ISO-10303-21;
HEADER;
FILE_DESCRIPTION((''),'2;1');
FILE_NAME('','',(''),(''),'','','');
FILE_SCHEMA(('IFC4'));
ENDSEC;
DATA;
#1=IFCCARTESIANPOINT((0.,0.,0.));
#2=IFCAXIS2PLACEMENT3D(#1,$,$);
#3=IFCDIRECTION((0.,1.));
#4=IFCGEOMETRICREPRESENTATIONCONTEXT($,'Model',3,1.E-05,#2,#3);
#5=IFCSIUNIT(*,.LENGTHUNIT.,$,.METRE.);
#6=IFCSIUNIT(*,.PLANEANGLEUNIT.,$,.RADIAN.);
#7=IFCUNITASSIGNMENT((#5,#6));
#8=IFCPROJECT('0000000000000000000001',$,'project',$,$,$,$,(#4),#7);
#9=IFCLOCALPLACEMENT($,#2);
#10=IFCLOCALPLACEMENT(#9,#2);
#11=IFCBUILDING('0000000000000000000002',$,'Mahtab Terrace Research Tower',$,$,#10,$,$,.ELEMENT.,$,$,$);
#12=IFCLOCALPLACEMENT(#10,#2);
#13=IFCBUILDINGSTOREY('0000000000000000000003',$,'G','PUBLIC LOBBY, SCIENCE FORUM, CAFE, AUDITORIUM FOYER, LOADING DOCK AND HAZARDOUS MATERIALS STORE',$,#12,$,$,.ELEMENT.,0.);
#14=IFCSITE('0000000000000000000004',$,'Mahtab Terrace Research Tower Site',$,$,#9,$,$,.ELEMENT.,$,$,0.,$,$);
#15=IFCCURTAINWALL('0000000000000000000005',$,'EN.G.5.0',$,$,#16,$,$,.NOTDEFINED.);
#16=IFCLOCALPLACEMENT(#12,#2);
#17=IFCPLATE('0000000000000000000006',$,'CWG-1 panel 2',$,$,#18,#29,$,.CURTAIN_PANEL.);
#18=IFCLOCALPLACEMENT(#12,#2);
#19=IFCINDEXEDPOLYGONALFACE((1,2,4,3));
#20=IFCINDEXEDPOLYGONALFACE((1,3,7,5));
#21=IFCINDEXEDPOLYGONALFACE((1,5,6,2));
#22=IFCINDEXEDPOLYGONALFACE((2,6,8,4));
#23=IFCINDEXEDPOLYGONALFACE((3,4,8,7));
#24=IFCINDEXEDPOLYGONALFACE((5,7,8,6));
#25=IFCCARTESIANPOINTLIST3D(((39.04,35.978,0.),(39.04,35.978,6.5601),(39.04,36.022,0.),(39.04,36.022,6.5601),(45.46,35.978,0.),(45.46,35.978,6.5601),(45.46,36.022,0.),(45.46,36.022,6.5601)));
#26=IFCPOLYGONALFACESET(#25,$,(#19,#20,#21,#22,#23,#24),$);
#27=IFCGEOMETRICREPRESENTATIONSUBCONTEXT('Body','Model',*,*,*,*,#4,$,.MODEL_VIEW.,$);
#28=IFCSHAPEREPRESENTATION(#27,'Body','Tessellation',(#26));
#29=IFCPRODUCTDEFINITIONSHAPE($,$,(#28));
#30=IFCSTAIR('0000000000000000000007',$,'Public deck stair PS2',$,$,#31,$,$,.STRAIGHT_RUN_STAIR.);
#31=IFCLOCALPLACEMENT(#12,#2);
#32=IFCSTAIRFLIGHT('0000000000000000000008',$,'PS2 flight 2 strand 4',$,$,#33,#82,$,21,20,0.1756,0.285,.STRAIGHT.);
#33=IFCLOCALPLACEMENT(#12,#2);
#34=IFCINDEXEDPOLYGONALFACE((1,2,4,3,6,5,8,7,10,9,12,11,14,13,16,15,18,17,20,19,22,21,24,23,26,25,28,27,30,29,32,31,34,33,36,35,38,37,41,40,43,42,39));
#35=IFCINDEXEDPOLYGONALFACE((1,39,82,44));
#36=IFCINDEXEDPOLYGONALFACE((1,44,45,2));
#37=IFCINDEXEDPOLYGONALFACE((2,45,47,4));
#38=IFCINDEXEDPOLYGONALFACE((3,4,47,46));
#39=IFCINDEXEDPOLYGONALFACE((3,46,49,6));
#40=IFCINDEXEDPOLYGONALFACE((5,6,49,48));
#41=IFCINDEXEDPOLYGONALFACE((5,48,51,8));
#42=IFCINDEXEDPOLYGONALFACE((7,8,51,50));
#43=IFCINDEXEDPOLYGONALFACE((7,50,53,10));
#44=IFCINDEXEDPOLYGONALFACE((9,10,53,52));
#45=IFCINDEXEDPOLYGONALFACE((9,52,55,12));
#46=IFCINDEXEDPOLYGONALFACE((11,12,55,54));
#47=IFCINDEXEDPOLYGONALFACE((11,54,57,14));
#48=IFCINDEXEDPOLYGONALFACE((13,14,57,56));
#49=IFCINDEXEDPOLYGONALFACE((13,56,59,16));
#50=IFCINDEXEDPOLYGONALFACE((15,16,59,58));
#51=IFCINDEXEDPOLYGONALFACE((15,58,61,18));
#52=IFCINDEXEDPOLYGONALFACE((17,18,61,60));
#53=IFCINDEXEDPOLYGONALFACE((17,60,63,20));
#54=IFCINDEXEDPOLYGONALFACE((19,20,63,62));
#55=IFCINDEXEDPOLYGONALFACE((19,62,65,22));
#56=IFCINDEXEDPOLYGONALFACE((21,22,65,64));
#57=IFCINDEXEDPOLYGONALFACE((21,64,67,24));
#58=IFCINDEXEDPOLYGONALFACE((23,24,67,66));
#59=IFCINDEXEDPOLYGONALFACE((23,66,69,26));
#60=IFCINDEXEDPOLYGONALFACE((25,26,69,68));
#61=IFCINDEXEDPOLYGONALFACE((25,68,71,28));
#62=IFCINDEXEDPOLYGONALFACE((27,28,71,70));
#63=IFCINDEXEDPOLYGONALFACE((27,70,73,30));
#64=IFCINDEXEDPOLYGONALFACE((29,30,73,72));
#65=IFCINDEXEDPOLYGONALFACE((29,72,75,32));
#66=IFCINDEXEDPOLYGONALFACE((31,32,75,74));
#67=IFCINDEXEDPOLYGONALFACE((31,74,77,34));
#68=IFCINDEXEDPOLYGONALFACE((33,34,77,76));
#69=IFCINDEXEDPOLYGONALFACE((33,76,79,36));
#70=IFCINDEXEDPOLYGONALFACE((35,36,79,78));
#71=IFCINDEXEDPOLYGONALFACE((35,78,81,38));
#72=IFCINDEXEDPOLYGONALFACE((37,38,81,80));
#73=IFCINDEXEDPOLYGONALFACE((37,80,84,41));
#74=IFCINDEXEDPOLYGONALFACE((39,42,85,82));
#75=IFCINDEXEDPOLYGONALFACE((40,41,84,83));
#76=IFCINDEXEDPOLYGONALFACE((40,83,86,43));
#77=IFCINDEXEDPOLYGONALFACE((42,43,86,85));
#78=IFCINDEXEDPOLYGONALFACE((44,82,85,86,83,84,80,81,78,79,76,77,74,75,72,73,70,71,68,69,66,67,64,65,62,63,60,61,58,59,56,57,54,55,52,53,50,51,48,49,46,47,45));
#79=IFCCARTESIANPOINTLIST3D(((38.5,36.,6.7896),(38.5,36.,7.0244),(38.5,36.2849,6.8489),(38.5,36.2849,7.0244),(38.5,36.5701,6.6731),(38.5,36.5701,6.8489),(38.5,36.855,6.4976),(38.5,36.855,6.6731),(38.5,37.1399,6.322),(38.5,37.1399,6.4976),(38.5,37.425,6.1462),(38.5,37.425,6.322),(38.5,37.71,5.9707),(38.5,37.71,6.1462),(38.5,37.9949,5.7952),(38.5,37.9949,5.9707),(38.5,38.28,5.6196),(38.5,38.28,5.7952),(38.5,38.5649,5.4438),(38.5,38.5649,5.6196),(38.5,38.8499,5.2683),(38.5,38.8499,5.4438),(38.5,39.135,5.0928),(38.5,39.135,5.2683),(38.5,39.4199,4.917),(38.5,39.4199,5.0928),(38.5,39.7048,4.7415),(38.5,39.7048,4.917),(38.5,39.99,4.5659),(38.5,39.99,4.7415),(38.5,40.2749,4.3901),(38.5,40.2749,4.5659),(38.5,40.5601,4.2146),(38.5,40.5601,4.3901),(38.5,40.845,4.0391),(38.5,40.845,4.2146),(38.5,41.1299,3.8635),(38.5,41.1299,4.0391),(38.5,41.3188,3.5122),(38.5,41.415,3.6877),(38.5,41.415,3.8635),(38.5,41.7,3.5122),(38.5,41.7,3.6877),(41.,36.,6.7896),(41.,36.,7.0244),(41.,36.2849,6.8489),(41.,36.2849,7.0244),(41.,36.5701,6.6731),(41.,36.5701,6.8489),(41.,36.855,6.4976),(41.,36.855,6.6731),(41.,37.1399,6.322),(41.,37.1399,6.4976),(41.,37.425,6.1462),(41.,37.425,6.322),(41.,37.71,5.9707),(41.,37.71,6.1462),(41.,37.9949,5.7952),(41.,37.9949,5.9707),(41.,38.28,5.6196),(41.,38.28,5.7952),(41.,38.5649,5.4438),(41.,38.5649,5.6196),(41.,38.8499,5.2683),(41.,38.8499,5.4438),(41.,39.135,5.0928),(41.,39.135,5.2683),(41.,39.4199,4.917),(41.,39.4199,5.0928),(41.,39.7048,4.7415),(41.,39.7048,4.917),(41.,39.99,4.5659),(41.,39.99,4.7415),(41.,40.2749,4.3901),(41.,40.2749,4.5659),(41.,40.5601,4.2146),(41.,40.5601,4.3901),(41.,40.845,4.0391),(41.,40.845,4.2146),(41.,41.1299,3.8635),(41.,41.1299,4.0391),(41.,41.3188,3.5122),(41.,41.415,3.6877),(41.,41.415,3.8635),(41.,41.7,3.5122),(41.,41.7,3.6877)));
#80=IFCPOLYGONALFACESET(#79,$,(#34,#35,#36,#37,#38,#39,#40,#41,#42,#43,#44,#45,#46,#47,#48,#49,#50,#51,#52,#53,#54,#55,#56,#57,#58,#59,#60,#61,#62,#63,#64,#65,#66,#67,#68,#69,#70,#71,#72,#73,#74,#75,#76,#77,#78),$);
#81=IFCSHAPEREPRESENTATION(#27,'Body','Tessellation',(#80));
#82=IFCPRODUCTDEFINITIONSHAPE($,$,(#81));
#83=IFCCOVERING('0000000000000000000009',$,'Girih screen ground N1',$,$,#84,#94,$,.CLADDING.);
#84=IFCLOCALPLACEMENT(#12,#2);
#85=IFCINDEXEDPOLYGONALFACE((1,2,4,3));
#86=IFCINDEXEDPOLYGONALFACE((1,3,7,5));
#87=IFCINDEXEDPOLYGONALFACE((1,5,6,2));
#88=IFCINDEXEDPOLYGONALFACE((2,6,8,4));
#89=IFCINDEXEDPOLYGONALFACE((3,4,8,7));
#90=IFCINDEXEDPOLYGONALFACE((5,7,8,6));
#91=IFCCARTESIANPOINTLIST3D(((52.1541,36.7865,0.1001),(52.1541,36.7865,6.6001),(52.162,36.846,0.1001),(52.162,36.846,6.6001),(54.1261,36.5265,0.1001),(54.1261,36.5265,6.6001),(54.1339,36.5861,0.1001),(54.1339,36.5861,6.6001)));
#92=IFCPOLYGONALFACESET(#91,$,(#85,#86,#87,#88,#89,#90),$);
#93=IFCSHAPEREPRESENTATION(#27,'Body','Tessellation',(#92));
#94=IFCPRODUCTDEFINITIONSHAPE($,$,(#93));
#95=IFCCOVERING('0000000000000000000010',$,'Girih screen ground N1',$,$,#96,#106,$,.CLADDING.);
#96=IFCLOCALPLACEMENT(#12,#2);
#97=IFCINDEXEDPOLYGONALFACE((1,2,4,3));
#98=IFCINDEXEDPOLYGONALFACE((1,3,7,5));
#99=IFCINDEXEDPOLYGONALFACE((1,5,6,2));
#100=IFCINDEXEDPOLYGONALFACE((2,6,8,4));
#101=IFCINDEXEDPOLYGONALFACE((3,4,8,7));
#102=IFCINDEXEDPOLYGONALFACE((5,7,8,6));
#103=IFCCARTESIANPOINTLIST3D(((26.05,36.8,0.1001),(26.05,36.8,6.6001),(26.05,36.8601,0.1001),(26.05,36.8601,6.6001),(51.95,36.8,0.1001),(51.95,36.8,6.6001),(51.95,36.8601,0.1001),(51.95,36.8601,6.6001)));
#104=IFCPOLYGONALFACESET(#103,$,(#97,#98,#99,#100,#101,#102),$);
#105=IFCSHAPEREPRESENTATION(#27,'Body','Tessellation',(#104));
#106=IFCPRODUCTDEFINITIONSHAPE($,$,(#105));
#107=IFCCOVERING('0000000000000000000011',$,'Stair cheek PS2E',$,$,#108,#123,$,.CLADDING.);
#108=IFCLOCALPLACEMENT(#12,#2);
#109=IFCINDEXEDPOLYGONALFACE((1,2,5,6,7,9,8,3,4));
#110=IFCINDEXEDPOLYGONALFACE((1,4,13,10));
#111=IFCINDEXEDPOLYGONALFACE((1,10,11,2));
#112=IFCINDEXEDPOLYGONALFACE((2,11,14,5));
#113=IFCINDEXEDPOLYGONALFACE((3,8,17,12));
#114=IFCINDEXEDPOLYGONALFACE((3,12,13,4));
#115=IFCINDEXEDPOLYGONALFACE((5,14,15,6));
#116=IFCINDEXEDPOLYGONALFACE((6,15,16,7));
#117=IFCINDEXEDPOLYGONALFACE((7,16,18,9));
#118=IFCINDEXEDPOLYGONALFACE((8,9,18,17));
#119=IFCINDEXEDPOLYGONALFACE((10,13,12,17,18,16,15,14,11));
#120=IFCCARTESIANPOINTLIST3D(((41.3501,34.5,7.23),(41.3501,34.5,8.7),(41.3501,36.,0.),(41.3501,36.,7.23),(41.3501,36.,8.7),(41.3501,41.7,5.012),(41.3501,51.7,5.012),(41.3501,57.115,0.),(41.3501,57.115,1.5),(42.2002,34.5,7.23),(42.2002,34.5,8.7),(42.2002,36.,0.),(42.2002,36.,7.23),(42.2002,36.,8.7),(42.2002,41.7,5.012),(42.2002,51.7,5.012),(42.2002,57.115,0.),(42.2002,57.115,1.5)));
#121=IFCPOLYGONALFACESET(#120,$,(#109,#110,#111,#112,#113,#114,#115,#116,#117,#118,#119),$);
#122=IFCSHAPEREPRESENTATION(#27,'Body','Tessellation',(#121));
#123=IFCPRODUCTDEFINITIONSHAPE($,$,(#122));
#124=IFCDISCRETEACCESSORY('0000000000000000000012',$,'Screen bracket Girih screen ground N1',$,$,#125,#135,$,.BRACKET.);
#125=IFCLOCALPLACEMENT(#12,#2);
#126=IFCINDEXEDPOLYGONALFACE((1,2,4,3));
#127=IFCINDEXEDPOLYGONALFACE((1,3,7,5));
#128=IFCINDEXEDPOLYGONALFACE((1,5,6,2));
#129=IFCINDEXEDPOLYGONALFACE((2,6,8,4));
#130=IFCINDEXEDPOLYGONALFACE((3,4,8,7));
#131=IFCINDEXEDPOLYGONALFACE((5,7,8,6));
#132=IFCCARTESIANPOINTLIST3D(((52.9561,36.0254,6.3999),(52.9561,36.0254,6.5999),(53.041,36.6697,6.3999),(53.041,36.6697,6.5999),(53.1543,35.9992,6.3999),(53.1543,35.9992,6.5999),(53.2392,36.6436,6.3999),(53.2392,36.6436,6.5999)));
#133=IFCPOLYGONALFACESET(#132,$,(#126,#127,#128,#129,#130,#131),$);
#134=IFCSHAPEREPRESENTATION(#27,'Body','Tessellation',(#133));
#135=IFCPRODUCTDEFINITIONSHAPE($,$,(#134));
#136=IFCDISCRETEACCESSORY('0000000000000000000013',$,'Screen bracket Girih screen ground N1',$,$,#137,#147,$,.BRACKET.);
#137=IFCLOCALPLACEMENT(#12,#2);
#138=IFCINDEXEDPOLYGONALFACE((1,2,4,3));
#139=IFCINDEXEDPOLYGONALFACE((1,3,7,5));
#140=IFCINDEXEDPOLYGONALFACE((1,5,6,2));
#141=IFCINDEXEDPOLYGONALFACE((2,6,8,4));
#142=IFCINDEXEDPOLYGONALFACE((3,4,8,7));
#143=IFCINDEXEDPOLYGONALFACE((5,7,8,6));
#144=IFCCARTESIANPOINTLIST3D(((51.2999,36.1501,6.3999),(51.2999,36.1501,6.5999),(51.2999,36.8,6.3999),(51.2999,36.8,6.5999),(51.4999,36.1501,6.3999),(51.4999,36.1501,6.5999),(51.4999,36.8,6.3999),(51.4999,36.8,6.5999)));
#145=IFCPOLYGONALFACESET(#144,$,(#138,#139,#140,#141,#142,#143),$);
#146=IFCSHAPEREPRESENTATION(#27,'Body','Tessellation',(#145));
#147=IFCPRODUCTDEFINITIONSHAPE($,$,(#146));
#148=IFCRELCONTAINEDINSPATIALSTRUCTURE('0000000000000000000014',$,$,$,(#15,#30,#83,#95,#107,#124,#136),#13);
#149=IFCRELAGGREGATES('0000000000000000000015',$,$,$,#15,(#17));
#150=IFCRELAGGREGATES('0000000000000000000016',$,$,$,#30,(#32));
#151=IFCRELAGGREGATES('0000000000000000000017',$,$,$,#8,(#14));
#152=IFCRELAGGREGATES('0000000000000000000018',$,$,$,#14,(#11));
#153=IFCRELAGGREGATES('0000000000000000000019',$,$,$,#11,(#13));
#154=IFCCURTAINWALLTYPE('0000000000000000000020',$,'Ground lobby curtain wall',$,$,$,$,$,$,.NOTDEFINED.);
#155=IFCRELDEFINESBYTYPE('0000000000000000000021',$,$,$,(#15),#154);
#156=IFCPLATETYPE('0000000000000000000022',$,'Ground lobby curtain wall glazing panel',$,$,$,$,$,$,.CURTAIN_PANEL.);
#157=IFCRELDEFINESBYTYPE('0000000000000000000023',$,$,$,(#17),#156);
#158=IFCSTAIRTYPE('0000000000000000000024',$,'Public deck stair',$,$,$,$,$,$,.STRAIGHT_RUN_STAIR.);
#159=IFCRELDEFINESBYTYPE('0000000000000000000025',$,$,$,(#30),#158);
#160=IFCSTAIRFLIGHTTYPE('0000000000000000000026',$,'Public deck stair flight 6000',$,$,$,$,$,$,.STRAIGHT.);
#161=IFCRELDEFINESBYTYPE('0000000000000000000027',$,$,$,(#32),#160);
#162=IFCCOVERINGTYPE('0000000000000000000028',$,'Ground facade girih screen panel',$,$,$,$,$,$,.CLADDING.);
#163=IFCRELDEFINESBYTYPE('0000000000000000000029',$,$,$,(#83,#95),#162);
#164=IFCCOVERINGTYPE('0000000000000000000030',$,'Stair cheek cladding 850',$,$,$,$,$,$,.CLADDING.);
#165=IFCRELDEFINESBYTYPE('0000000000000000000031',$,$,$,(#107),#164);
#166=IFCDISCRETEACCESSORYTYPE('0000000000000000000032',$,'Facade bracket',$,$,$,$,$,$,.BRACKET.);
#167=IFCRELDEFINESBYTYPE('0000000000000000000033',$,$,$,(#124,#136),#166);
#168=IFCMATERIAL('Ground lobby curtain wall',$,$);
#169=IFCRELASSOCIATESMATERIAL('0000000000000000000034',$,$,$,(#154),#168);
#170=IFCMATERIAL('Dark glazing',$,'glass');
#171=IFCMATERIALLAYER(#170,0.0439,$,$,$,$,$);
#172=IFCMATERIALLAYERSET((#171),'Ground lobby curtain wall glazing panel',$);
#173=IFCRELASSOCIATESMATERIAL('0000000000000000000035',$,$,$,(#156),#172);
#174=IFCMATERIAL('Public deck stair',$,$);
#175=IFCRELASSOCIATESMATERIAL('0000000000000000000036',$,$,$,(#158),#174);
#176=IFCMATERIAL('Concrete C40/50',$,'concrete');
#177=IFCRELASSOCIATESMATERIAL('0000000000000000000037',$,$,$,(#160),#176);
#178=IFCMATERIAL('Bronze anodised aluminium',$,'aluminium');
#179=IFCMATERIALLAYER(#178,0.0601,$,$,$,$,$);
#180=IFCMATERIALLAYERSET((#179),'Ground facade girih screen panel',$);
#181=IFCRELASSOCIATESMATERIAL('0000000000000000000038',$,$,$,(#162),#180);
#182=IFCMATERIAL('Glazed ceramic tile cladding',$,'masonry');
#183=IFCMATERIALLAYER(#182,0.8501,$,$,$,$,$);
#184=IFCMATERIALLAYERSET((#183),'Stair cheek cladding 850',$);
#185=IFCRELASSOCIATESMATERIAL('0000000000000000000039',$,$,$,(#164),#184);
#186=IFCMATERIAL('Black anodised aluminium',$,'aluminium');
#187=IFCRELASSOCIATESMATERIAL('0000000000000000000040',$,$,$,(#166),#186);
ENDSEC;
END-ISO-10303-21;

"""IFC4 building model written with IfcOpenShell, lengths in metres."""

from ifc_helpers import new_model, si_unit, direction, frame, origin, origin_2d, place, context, subcontext, project, spatial, polyline, rectangle, outline, extrude, material, layer, layer_set, type_object, element, aggregate, save


model = new_model("IFC4")

# Units and contexts
model_context = context("Model", 3, precision=1e-05, world=origin(), true_north=direction((0.0, 1.0)))
body_context = subcontext(model_context, "Body", "Model", "MODEL_VIEW")
ifc_project = project(units=[si_unit("LENGTHUNIT", "METRE"), si_unit("PLANEANGLEUNIT", "RADIAN")], contexts=[model_context])

# Site, building, storey
site_placement = place(None, origin())
site = spatial("IfcSite", under=ifc_project, at=site_placement, Name="Mahtab Terrace Research Tower Site", CompositionType="ELEMENT", RefElevation=0.0)
building_placement = place(site_placement, origin())
building = spatial("IfcBuilding", under=site, at=building_placement, Name="Mahtab Terrace Research Tower", CompositionType="ELEMENT")
storey_placement = place(building_placement, origin())
storey = spatial("IfcBuildingStorey", under=building, at=storey_placement, Name="G", Description="PUBLIC LOBBY, SCIENCE FORUM, CAFE, AUDITORIUM FOYER, LOADING DOCK AND HAZARDOUS MATERIALS STORE", CompositionType="ELEMENT", Elevation=0.0)

# Shared definitions
ifc_material_1 = material(Name="Ground lobby curtain wall")
curtain_wall_type = type_object("IfcCurtainWallType", Name="Ground lobby curtain wall", PredefinedType="NOTDEFINED", material=ifc_material_1)

# Curtain wall
curtain_wall_1_placement = place(storey_placement, origin())
curtain_wall_1 = element("IfcCurtainWall", 1, at=curtain_wall_1_placement, inside=storey, type_object=curtain_wall_type, Name="EN.G.5.0", PredefinedType="NOTDEFINED")

# Plate
ifc_material_2 = material(Name="Dark glazing", Category="glass")
ifc_layer_1 = layer(ifc_material_2, 0.0439)
ifc_layer_set_1 = layer_set([ifc_layer_1], Name="Ground lobby curtain wall glazing panel")
plate_type = type_object("IfcPlateType", Name="Ground lobby curtain wall glazing panel", PredefinedType="CURTAIN_PANEL", material=ifc_layer_set_1)
plate_1_placement = place(storey_placement, frame((42.25, 36.0, 0.0), z_axis=(0.0, 0.0, 1.0), x_axis=(-1.0, 0.0, 0.0)))
plate_1 = element("IfcPlate", 2, at=plate_1_placement, type_object=plate_type, Name="CWG-1 panel 2", PredefinedType="CURTAIN_PANEL", context=body_context, shape_type="SweptSolid", body=[
    extrude(rectangle(XDim=6.4199, YDim=0.0439, at=origin_2d()), origin(), (0.0, 0.0, 1.0), 6.5601),
])
aggregate(curtain_wall_1, [plate_1])

# Stair, stair flight
ifc_material_3 = material(Name="Public deck stair")
stair_type = type_object("IfcStairType", Name="Public deck stair", PredefinedType="STRAIGHT_RUN_STAIR", material=ifc_material_3)
stair_placement = place(storey_placement, origin())
stair = element("IfcStair", 3, at=stair_placement, inside=storey, type_object=stair_type, Name="Public deck stair PS2", PredefinedType="STRAIGHT_RUN_STAIR")
ifc_material_4 = material(Name="Concrete C40/50", Category="concrete")
stair_flight_type = type_object("IfcStairFlightType", Name="Public deck stair flight 6000", PredefinedType="STRAIGHT", material=ifc_material_4)
stair_flight_placement = place(storey_placement, frame((39.75, 41.7, 3.5122), z_axis=(0.0, 0.0, 1.0), x_axis=(0.0, -1.0, 0.0)))
stair_flight = element("IfcStairFlight", 4, at=stair_flight_placement, type_object=stair_flight_type, Name="PS2 flight 2 strand 4", NumberOfRisers=21, NumberOfTreads=20, PredefinedType="STRAIGHT", RiserHeight=0.1756, TreadLength=0.285, context=body_context, shape_type="SweptSolid", body=[
    extrude(outline(polyline([(0.0, 0.0), (0.0, 0.1755), (0.2849, 0.1755), (0.2849, 0.3513), (0.5701, 0.3513), (0.5701, 0.5269), (0.855, 0.5269), (0.855, 0.7024), (1.1399, 0.7024), (1.1399, 0.8779), (1.425, 0.8779), (1.425, 1.0537), (1.71, 1.0537), (1.71, 1.2292), (1.9951, 1.2292), (1.9951, 1.4048), (2.28, 1.4048), (2.28, 1.5806), (2.5649, 1.5806), (2.5649, 1.7561), (2.8501, 1.7561), (2.8501, 1.9316), (3.135, 1.9316), (3.135, 2.1074), (3.4199, 2.1074), (3.4199, 2.283), (3.7051, 2.283), (3.7051, 2.4585), (3.99, 2.4585), (3.99, 2.634), (4.2749, 2.634), (4.2749, 2.8098), (4.5601, 2.8098), (4.5601, 2.9854), (4.845, 2.9854), (4.845, 3.1609), (5.1299, 3.1609), (5.1299, 3.3367), (5.415, 3.3367), (5.415, 3.5122), (5.7, 3.5122), (5.7, 3.6877), (5.7, 3.2773), (0.3811, 0.0), (0.0, 0.0)])), frame((0.0, 1.25, 0.0), z_axis=(0.0, -1.0, 0.0), x_axis=(1.0, 0.0, 0.0)), (0.0, 0.0, 1.0), 2.5),
])
aggregate(stair, [stair_flight])

# Coverings
ifc_material_5 = material(Name="Bronze anodised aluminium", Category="aluminium")
ifc_layer_2 = layer(ifc_material_5, 0.0601)
ifc_layer_set_2 = layer_set([ifc_layer_2], Name="Ground facade girih screen panel")
covering_type_1 = type_object("IfcCoveringType", Name="Ground facade girih screen panel", PredefinedType="CLADDING", material=ifc_layer_set_2)
covering_1_placement = place(storey_placement, frame((53.144, 36.6863, 0.1001), z_axis=(0.0, 0.0, 1.0), x_axis=(-0.991423, 0.13069, 0.0)))
element("IfcCovering", 5, at=covering_1_placement, inside=storey, type_object=covering_type_1, Name="Girih screen ground N1", PredefinedType="CLADDING", context=body_context, shape_type="SweptSolid", body=[
    extrude(rectangle(XDim=1.989, YDim=0.0601, at=origin_2d()), origin(), (0.0, 0.0, 1.0), 6.5),
])
covering_2_placement = place(storey_placement, frame((39.0, 36.8301, 0.1001), z_axis=(0.0, 0.0, 1.0), x_axis=(-1.0, 0.0, 0.0)))
element("IfcCovering", 6, at=covering_2_placement, inside=storey, type_object=covering_type_1, Name="Girih screen ground N1", PredefinedType="CLADDING", context=body_context, shape_type="SweptSolid", body=[
    extrude(rectangle(XDim=25.8999, YDim=0.0601, at=origin_2d()), origin(), (0.0, 0.0, 1.0), 6.5),
])
ifc_material_6 = material(Name="Glazed ceramic tile cladding", Category="masonry")
ifc_layer_3 = layer(ifc_material_6, 0.8501)
ifc_layer_set_3 = layer_set([ifc_layer_3], Name="Stair cheek cladding 850")
covering_type_2 = type_object("IfcCoveringType", Name="Stair cheek cladding 850", PredefinedType="CLADDING", material=ifc_layer_set_3)
covering_3_placement = place(storey_placement, frame((41.3501, 36.0, 0.0), z_axis=(-1.0, 0.0, 0.0), x_axis=(0.0, 0.0, 1.0)))
element("IfcCovering", 7, at=covering_3_placement, inside=storey, type_object=covering_type_2, Name="Stair cheek PS2E", PredefinedType="CLADDING", context=body_context, shape_type="SweptSolid", body=[
    extrude(outline(polyline([(0.0, 0.0), (7.23, 0.0), (7.23, -1.5), (8.7, -1.5), (8.7, 0.0), (5.012, 5.7), (5.012, 15.7), (1.5, 21.115), (0.0, 21.115), (0.0, 0.0)])), origin(), (0.0, 0.0, -1.0), 0.8501),
])

# Discrete accessories
ifc_material_7 = material(Name="Black anodised aluminium", Category="aluminium")
discrete_accessory_type = type_object("IfcDiscreteAccessoryType", Name="Facade bracket", PredefinedType="BRACKET", material=ifc_material_7)
for number, where, z_axis, x_axis, name in (
    (8, (53.0977, 36.3345, 6.3999), (0.0, 0.0, 1.0), (-0.991423, 0.13069, 0.0), "Screen bracket Girih screen ground N1"),
    (9, (51.3999, 36.4751, 6.3999), (0.0, 0.0, 1.0), (-1.0, 0.0, 0.0), "Screen bracket Girih screen ground N1"),
):
    element("IfcDiscreteAccessory", number, at=place(storey_placement, frame(where, z_axis=z_axis, x_axis=x_axis)), inside=storey, type_object=discrete_accessory_type, Name=name, PredefinedType="BRACKET", context=body_context, shape_type="SweptSolid", body=[
        extrude(rectangle(XDim=0.2, YDim=0.6499, at=origin_2d()), origin(), (0.0, 0.0, 1.0), 0.2),
    ])

save(model, "model.ifc")
